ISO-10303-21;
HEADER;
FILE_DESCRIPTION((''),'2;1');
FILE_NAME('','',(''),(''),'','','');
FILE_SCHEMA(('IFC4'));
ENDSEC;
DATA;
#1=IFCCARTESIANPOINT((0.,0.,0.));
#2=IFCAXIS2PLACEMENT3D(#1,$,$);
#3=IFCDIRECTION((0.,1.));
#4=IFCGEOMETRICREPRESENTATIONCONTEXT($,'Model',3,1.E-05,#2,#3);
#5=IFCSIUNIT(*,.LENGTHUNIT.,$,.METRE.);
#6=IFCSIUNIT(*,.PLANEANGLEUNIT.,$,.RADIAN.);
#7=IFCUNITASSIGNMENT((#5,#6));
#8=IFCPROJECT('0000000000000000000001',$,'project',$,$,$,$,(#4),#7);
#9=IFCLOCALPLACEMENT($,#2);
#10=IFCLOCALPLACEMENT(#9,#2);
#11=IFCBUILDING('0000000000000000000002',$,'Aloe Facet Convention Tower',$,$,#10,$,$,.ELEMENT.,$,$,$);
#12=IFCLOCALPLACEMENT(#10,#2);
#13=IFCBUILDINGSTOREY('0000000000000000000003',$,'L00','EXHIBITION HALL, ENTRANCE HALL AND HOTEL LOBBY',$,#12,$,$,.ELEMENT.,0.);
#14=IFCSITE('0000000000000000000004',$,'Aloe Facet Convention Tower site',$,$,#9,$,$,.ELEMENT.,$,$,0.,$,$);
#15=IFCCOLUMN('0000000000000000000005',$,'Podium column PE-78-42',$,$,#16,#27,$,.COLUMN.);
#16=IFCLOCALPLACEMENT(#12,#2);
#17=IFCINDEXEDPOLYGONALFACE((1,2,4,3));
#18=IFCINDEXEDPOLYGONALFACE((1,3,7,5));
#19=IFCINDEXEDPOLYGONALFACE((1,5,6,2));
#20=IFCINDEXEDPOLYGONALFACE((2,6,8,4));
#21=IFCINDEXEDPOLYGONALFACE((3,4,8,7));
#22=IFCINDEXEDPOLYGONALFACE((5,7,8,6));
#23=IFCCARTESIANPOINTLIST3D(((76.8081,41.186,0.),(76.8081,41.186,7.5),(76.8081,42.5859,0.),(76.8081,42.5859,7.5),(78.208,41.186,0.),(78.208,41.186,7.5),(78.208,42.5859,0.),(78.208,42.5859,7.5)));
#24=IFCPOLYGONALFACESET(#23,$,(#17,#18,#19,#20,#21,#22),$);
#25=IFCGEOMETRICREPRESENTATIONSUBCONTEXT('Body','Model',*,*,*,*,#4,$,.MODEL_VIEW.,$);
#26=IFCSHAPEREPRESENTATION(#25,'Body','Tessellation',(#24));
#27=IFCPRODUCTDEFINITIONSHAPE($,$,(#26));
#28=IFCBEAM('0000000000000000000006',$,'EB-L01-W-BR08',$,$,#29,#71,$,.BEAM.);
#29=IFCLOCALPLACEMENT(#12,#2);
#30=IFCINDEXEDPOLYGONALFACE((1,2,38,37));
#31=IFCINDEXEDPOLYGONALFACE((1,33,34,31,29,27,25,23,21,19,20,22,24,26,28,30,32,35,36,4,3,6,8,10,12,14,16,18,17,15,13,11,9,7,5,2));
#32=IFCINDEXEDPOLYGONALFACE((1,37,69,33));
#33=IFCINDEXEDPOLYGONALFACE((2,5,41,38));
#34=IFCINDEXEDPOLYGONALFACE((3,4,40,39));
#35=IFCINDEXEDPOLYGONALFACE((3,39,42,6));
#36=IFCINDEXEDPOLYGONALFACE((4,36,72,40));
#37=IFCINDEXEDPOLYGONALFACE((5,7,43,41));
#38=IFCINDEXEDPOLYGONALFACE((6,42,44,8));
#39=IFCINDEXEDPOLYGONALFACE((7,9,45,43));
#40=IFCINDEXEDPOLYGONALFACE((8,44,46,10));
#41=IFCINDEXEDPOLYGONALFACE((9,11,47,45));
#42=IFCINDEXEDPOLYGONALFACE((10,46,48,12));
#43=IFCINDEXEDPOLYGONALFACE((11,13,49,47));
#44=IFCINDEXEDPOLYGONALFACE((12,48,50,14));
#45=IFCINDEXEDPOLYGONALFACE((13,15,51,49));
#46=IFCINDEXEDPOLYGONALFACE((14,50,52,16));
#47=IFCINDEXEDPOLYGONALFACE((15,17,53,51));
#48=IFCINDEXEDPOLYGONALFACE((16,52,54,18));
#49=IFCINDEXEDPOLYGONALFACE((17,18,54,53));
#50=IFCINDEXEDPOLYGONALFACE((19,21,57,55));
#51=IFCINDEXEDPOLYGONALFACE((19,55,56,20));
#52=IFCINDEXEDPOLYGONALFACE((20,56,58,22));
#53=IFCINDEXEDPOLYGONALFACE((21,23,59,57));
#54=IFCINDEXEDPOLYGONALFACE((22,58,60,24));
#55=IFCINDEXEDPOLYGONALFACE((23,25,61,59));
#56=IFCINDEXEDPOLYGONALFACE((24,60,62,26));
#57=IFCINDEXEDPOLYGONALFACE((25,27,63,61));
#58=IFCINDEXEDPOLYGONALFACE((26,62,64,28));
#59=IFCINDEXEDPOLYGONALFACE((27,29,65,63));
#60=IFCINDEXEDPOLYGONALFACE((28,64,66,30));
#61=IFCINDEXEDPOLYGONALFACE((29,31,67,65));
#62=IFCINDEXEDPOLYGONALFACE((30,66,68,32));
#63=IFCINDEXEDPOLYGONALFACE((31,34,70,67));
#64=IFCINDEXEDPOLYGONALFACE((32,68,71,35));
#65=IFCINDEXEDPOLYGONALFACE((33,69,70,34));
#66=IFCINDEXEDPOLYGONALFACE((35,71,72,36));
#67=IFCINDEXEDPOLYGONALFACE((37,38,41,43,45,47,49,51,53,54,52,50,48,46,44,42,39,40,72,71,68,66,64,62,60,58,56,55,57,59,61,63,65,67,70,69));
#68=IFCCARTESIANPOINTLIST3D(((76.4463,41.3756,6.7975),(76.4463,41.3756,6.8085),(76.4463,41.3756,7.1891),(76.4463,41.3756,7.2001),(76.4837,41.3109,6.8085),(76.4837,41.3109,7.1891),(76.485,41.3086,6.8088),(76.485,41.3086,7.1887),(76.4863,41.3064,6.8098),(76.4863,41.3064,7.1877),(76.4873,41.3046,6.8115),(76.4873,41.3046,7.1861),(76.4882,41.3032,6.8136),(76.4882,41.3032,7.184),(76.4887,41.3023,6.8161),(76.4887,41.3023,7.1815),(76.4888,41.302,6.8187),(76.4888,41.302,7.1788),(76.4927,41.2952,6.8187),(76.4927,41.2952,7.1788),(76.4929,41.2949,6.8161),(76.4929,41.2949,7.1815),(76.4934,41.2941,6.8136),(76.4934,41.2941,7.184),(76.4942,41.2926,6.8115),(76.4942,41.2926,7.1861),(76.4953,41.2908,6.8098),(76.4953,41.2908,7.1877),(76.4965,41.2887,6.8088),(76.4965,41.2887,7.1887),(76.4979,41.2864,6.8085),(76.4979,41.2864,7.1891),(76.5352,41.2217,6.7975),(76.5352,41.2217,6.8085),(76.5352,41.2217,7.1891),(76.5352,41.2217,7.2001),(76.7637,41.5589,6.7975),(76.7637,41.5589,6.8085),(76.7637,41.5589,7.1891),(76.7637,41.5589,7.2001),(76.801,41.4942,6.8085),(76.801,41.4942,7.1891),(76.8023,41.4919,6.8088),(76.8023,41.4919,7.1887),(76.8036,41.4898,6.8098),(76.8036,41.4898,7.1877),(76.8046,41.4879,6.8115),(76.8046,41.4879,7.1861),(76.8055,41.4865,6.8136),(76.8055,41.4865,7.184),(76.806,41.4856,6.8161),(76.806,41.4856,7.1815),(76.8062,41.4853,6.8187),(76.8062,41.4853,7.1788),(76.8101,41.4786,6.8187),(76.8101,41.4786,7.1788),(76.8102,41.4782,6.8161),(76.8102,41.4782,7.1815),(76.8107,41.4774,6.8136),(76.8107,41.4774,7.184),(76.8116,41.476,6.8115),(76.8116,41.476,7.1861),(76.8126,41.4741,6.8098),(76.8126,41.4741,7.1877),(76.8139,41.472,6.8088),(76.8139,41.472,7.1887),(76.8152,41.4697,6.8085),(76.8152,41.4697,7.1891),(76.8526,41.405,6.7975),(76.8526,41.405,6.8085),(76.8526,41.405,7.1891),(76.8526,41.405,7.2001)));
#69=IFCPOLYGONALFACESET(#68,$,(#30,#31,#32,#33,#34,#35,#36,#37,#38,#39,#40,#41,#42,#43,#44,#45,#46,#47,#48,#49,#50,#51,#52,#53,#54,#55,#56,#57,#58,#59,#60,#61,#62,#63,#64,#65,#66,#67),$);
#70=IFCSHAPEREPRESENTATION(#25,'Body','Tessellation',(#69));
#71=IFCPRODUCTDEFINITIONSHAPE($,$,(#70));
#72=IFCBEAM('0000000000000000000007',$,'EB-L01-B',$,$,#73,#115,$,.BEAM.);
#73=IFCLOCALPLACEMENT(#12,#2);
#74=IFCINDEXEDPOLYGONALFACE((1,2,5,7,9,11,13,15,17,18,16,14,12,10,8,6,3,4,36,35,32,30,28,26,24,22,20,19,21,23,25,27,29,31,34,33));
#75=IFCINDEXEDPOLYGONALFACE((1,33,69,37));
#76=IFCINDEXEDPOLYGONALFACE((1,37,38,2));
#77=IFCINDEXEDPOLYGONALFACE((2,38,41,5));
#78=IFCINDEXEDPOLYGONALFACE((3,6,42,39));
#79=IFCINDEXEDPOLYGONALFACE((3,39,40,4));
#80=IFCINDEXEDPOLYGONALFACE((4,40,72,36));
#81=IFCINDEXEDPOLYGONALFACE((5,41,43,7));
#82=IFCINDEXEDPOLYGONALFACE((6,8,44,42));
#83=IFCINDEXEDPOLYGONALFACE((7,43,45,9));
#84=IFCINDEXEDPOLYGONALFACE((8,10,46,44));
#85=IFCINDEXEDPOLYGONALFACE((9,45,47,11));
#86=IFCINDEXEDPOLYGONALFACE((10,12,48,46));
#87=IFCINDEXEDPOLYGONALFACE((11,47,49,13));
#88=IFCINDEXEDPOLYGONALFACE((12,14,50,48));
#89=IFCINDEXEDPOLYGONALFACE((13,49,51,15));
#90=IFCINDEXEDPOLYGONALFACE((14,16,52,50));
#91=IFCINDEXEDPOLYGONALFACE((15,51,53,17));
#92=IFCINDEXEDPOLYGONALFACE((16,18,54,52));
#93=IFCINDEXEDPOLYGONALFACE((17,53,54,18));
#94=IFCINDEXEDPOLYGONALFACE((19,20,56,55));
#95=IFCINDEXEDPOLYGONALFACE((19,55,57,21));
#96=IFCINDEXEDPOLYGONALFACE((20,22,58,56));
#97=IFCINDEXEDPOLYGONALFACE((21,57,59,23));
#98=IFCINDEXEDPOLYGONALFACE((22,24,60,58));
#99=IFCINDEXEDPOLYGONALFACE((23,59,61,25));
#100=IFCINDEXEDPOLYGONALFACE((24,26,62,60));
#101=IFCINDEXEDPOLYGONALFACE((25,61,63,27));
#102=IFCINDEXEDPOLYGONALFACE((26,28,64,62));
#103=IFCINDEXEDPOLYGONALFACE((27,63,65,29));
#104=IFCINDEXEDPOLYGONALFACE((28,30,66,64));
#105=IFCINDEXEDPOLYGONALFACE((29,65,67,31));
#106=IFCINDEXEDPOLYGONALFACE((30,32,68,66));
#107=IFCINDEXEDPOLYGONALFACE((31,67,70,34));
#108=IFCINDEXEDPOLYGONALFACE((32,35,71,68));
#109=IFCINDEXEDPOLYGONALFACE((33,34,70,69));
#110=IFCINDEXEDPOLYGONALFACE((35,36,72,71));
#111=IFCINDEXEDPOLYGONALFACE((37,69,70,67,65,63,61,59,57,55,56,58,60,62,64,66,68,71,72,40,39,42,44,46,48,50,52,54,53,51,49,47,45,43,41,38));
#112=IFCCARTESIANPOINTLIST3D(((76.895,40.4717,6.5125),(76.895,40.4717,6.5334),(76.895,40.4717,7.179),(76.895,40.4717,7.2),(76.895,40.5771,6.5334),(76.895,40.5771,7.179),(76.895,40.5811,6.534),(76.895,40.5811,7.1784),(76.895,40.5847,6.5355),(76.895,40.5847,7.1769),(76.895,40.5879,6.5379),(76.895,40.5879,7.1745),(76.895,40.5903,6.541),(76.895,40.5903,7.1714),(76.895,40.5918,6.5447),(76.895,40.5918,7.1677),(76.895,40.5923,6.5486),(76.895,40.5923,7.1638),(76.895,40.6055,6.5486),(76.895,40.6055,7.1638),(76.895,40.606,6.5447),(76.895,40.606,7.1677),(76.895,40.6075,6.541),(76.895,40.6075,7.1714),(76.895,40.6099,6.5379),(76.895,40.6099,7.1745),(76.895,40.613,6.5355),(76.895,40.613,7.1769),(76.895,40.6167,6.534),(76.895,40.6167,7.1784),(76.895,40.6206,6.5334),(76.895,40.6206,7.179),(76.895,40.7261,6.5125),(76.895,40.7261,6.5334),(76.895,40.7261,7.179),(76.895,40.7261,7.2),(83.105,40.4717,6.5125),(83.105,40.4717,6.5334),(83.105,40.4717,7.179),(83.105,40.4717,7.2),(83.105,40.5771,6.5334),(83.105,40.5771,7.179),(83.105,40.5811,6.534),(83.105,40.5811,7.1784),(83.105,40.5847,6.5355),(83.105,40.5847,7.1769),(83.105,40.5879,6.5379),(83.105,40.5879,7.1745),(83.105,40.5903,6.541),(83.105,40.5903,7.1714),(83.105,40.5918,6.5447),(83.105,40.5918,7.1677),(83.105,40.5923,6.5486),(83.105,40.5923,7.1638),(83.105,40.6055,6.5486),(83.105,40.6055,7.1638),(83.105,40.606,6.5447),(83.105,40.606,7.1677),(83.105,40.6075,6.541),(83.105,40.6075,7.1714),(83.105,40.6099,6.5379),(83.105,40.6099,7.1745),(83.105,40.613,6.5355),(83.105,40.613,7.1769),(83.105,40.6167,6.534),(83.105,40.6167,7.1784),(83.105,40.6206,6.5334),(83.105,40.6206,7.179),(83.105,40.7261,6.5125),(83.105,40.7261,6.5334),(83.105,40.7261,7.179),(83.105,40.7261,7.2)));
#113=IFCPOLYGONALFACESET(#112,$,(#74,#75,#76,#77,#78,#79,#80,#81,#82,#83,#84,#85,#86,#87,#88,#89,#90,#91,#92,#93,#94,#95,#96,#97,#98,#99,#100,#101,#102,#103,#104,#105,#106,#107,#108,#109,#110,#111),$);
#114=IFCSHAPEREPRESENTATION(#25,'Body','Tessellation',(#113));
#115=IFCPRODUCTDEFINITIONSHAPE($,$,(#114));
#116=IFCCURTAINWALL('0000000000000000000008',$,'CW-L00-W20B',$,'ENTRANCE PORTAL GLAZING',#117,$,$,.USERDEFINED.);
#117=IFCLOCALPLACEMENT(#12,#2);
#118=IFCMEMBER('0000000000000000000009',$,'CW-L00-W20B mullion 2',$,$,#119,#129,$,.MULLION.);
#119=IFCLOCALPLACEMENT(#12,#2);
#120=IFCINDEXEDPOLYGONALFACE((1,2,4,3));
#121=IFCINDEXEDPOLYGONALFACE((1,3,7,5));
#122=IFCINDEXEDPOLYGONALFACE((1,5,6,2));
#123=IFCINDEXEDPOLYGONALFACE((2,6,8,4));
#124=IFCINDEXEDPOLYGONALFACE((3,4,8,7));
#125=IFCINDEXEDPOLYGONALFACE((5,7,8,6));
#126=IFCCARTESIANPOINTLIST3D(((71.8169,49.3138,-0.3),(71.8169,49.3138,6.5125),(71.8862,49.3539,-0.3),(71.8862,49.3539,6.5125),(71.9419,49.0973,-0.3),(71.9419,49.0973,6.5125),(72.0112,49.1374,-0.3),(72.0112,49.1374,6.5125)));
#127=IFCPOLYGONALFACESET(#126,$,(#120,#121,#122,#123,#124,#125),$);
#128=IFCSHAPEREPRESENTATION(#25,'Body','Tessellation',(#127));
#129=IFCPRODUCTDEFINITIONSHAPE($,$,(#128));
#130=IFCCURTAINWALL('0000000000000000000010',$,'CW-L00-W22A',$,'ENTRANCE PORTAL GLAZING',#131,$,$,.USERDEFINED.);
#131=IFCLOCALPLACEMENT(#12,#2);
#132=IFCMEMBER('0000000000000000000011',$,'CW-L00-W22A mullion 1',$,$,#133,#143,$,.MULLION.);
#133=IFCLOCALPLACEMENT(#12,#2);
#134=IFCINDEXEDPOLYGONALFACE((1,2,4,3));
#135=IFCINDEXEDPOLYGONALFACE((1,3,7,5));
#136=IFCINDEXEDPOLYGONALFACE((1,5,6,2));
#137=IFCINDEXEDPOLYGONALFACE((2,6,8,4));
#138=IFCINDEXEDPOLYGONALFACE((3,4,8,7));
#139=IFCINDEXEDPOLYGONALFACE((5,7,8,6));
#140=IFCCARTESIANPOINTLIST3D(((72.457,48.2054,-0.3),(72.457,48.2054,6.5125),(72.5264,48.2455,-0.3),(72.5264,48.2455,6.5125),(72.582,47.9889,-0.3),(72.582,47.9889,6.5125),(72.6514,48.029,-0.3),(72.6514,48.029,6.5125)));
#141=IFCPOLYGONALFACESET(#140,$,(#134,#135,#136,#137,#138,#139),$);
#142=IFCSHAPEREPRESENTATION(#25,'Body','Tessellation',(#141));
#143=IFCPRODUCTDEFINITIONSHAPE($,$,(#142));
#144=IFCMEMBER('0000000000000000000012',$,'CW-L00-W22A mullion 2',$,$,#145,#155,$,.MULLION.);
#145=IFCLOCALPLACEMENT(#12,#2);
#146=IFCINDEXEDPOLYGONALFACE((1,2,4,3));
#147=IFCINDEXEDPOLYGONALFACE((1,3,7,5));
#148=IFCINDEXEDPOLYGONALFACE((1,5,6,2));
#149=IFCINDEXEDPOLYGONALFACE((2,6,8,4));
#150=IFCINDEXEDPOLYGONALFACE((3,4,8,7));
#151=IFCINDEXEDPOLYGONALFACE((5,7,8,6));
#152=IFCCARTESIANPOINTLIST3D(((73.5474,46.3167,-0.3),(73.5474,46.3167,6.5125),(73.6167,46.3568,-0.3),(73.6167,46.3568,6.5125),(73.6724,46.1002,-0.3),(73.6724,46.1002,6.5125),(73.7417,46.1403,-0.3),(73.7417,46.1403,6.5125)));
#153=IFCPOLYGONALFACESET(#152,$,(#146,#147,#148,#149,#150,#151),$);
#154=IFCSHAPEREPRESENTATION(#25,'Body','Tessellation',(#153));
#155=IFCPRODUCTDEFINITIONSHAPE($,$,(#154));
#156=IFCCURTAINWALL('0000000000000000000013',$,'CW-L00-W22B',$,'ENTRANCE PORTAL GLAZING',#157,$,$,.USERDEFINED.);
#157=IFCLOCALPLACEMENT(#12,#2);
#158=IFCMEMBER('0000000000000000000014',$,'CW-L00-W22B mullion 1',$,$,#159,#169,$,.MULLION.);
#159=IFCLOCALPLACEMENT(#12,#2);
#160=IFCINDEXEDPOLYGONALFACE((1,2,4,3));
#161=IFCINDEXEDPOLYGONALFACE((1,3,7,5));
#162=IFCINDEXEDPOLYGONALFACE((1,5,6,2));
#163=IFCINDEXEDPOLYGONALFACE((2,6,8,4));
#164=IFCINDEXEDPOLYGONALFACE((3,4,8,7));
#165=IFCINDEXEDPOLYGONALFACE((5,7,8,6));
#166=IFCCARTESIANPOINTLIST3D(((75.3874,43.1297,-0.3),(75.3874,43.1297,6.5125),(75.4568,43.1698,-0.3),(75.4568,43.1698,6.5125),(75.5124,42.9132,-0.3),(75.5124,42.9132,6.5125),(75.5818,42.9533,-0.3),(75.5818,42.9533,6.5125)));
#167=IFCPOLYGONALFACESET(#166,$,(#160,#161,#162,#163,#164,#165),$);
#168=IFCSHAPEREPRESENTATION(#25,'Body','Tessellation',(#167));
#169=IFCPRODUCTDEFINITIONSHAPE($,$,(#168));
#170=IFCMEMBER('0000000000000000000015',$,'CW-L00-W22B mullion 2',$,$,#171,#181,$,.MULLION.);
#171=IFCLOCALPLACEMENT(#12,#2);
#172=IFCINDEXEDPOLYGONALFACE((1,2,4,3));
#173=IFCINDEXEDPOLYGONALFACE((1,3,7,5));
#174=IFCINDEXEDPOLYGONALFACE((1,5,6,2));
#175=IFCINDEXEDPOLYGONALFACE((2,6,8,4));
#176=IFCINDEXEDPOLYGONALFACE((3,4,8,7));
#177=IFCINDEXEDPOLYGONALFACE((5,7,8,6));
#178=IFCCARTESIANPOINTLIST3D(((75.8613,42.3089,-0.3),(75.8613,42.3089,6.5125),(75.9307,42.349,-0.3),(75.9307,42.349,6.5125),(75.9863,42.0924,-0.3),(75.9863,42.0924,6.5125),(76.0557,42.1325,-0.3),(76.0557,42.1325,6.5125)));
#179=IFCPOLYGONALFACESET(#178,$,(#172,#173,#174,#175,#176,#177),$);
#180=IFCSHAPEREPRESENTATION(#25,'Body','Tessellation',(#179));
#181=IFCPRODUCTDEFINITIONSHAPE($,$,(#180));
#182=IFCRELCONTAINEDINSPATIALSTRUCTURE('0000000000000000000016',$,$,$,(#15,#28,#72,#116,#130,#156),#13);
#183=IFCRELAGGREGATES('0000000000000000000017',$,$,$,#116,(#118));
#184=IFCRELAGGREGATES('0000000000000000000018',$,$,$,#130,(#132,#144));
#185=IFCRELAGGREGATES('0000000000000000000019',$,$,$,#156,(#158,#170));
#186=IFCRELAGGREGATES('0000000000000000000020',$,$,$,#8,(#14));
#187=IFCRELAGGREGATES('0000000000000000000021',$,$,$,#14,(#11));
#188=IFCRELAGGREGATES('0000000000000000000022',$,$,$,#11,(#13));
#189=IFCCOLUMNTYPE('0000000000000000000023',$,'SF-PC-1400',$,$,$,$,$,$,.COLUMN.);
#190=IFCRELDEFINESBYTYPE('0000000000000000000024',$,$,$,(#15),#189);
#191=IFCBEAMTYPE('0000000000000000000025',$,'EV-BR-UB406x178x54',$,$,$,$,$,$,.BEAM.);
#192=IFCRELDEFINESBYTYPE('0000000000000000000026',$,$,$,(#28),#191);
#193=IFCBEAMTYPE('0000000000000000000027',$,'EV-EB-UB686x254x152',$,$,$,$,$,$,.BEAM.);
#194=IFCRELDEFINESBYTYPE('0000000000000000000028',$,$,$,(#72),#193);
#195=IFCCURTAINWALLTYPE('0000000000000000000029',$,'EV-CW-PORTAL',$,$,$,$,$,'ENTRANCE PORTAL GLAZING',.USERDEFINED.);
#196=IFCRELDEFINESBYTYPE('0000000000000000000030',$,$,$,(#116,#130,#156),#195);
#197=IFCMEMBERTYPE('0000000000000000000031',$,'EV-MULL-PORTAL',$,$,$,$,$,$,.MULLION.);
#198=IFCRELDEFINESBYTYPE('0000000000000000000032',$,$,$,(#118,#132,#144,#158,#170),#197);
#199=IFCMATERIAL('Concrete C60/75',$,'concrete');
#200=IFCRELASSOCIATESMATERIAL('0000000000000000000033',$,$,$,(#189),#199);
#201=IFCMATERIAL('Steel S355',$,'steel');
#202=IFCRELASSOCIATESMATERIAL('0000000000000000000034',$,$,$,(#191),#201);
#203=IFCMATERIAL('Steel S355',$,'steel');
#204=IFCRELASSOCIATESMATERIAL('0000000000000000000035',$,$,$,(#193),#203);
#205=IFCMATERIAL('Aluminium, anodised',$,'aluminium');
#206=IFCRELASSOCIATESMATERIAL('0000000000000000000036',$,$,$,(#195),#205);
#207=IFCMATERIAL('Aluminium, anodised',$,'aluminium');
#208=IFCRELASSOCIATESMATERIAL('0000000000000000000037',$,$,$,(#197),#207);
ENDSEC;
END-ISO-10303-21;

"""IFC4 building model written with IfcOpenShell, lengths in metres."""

from ifc_helpers import new_model, si_unit, direction, frame, origin, origin_2d, place, context, subcontext, project, spatial, rectangle, i_section, extrude, material, material_profile, profile_set, type_object, element, aggregate, save


model = new_model("IFC4")

# Units and contexts
model_context = context("Model", 3, precision=1e-05, world=origin(), true_north=direction((0.0, 1.0)))
body_context = subcontext(model_context, "Body", "Model", "MODEL_VIEW")
ifc_project = project(units=[si_unit("LENGTHUNIT", "METRE"), si_unit("PLANEANGLEUNIT", "RADIAN")], contexts=[model_context])

# Site, building, storey
site_placement = place(None, origin())
site = spatial("IfcSite", under=ifc_project, at=site_placement, Name="Aloe Facet Convention Tower site", CompositionType="ELEMENT", RefElevation=0.0)
building_placement = place(site_placement, origin())
building = spatial("IfcBuilding", under=site, at=building_placement, Name="Aloe Facet Convention Tower", CompositionType="ELEMENT")
storey_placement = place(building_placement, origin())
storey = spatial("IfcBuildingStorey", under=building, at=storey_placement, Name="L00", Description="EXHIBITION HALL, ENTRANCE HALL AND HOTEL LOBBY", CompositionType="ELEMENT", Elevation=0.0)

# Column
ifc_material_1 = material(Name="Concrete C60/75", Category="concrete")
ifc_material_profile_1 = material_profile(ifc_material_1, rectangle(XDim=1.3999, YDim=1.3999, at=origin_2d()), Name="SF-PC-1400")
ifc_profile_set_1 = profile_set([ifc_material_profile_1], Name="Concrete C60/75")
column_type = type_object("IfcColumnType", Name="SF-PC-1400", PredefinedType="COLUMN", material=ifc_profile_set_1)
column_placement = place(storey_placement, frame((77.5081, 41.886, 0.0), z_axis=(0.0, 0.0, 1.0), x_axis=(1.0, 0.0, 0.0)))
element("IfcColumn", 1, at=column_placement, inside=storey, type_object=column_type, Name="Podium column PE-78-42", PredefinedType="COLUMN", context=body_context, shape_type="SweptSolid", body=[
    extrude(rectangle(XDim=1.3999, YDim=1.3999, at=origin_2d()), origin(), (0.0, 0.0, 1.0), 7.5),
])

# Beams
ifc_material_2 = material(Name="Steel S355", Category="steel")
ifc_material_profile_2 = material_profile(ifc_material_2, i_section(OverallWidth=0.1777, OverallDepth=0.4026, WebThickness=0.0078, FlangeThickness=0.011, FilletRadius=0.0103, at=origin_2d()), Name="UB 406x178x54")
ifc_profile_set_2 = profile_set([ifc_material_profile_2], Name="Steel S355")
beam_type_1 = type_object("IfcBeamType", Name="EV-BR-UB406x178x54", PredefinedType="BEAM", material=ifc_profile_set_2)
beam_1_placement = place(storey_placement, frame((76.8081, 41.4819, 6.9988), z_axis=(-0.865897, -0.500222, 0.0), x_axis=(0.500222, -0.865897, 0.0)))
element("IfcBeam", 2, at=beam_1_placement, inside=storey, type_object=beam_type_1, Name="EB-L01-W-BR08", PredefinedType="BEAM", context=body_context, shape_type="SweptSolid", body=[
    extrude(i_section(OverallWidth=0.1777, OverallDepth=0.4026, WebThickness=0.0078, FlangeThickness=0.011, FilletRadius=0.0103, at=origin_2d()), origin(), (0.0, 0.0, 1.0), 0.3665),
])
ifc_material_3 = material(Name="Steel S355", Category="steel")
ifc_material_profile_3 = material_profile(ifc_material_3, i_section(OverallWidth=0.2544, OverallDepth=0.6875, WebThickness=0.0132, FlangeThickness=0.021, FilletRadius=0.0151, at=origin_2d()), Name="UB 686x254x152")
ifc_profile_set_3 = profile_set([ifc_material_profile_3], Name="Steel S355")
beam_type_2 = type_object("IfcBeamType", Name="EV-EB-UB686x254x152", PredefinedType="BEAM", material=ifc_profile_set_3)
beam_2_placement = place(storey_placement, frame((76.895, 40.5989, 6.8562), z_axis=(1.0, 0.0, 0.0), x_axis=(0.0, 1.0, 0.0)))
element("IfcBeam", 3, at=beam_2_placement, inside=storey, type_object=beam_type_2, Name="EB-L01-B", PredefinedType="BEAM", context=body_context, shape_type="SweptSolid", body=[
    extrude(i_section(OverallWidth=0.2544, OverallDepth=0.6875, WebThickness=0.0132, FlangeThickness=0.021, FilletRadius=0.0151, at=origin_2d()), origin(), (0.0, 0.0, 1.0), 6.21),
])

# Curtain wall, member
ifc_material_4 = material(Name="Aluminium, anodised", Category="aluminium")
curtain_wall_type = type_object("IfcCurtainWallType", Name="EV-CW-PORTAL", ElementType="ENTRANCE PORTAL GLAZING", PredefinedType="USERDEFINED", material=ifc_material_4)
curtain_wall_1_placement = place(storey_placement, origin())
curtain_wall_1 = element("IfcCurtainWall", 4, at=curtain_wall_1_placement, inside=storey, type_object=curtain_wall_type, Name="CW-L00-W20B", ObjectType="ENTRANCE PORTAL GLAZING", PredefinedType="USERDEFINED")
ifc_material_5 = material(Name="Aluminium, anodised", Category="aluminium")
ifc_material_profile_4 = material_profile(ifc_material_5, rectangle(XDim=0.0801, YDim=0.25, at=origin_2d()), Name="AL 80x250")
ifc_profile_set_4 = profile_set([ifc_material_profile_4], Name="Aluminium, anodised")
member_type_1 = type_object("IfcMemberType", Name="EV-MULL-PORTAL", PredefinedType="MULLION", material=ifc_profile_set_4)
member_1_placement = place(storey_placement, frame((71.9141, 49.2256, -0.3), z_axis=(0.0, 0.0, 1.0), x_axis=(0.866025, 0.5, 0.0)))
member_1 = element("IfcMember", 5, at=member_1_placement, type_object=member_type_1, Name="CW-L00-W20B mullion 2", PredefinedType="MULLION", context=body_context, shape_type="SweptSolid", body=[
    extrude(rectangle(XDim=0.0801, YDim=0.25, at=origin_2d()), origin(), (0.0, 0.0, 1.0), 6.8125),
])

# Curtain walls, members
curtain_wall_2_placement = place(storey_placement, origin())
curtain_wall_2 = element("IfcCurtainWall", 6, at=curtain_wall_2_placement, inside=storey, type_object=curtain_wall_type, Name="CW-L00-W22A", ObjectType="ENTRANCE PORTAL GLAZING", PredefinedType="USERDEFINED")
member_2_placement = place(storey_placement, frame((72.5542, 48.1172, -0.3), z_axis=(0.0, 0.0, 1.0), x_axis=(0.866025, 0.5, 0.0)))
member_2 = element("IfcMember", 7, at=member_2_placement, type_object=member_type_1, Name="CW-L00-W22A mullion 1", PredefinedType="MULLION", context=body_context, shape_type="SweptSolid", body=[
    extrude(rectangle(XDim=0.0801, YDim=0.25, at=origin_2d()), origin(), (0.0, 0.0, 1.0), 6.8125),
])
member_3_placement = place(storey_placement, frame((73.6445, 46.2285, -0.3), z_axis=(0.0, 0.0, 1.0), x_axis=(0.866025, 0.5, 0.0)))
member_3 = element("IfcMember", 8, at=member_3_placement, type_object=member_type_1, Name="CW-L00-W22A mullion 2", PredefinedType="MULLION", context=body_context, shape_type="SweptSolid", body=[
    extrude(rectangle(XDim=0.0801, YDim=0.25, at=origin_2d()), origin(), (0.0, 0.0, 1.0), 6.8125),
])
curtain_wall_3_placement = place(storey_placement, origin())
curtain_wall_3 = element("IfcCurtainWall", 9, at=curtain_wall_3_placement, inside=storey, type_object=curtain_wall_type, Name="CW-L00-W22B", ObjectType="ENTRANCE PORTAL GLAZING", PredefinedType="USERDEFINED")
member_4_placement = place(storey_placement, frame((75.4846, 43.0415, -0.3), z_axis=(0.0, 0.0, 1.0), x_axis=(0.866025, 0.5, 0.0)))
member_4 = element("IfcMember", 10, at=member_4_placement, type_object=member_type_1, Name="CW-L00-W22B mullion 1", PredefinedType="MULLION", context=body_context, shape_type="SweptSolid", body=[
    extrude(rectangle(XDim=0.0801, YDim=0.25, at=origin_2d()), origin(), (0.0, 0.0, 1.0), 6.8125),
])
member_5_placement = place(storey_placement, frame((75.9585, 42.2207, -0.3), z_axis=(0.0, 0.0, 1.0), x_axis=(0.866025, 0.5, 0.0)))
member_5 = element("IfcMember", 11, at=member_5_placement, type_object=member_type_1, Name="CW-L00-W22B mullion 2", PredefinedType="MULLION", context=body_context, shape_type="SweptSolid", body=[
    extrude(rectangle(XDim=0.0801, YDim=0.25, at=origin_2d()), origin(), (0.0, 0.0, 1.0), 6.8125),
])

aggregate(curtain_wall_1, [member_1])
aggregate(curtain_wall_2, [member_2, member_3])
aggregate(curtain_wall_3, [member_4, member_5])

save(model, "model.ifc")
